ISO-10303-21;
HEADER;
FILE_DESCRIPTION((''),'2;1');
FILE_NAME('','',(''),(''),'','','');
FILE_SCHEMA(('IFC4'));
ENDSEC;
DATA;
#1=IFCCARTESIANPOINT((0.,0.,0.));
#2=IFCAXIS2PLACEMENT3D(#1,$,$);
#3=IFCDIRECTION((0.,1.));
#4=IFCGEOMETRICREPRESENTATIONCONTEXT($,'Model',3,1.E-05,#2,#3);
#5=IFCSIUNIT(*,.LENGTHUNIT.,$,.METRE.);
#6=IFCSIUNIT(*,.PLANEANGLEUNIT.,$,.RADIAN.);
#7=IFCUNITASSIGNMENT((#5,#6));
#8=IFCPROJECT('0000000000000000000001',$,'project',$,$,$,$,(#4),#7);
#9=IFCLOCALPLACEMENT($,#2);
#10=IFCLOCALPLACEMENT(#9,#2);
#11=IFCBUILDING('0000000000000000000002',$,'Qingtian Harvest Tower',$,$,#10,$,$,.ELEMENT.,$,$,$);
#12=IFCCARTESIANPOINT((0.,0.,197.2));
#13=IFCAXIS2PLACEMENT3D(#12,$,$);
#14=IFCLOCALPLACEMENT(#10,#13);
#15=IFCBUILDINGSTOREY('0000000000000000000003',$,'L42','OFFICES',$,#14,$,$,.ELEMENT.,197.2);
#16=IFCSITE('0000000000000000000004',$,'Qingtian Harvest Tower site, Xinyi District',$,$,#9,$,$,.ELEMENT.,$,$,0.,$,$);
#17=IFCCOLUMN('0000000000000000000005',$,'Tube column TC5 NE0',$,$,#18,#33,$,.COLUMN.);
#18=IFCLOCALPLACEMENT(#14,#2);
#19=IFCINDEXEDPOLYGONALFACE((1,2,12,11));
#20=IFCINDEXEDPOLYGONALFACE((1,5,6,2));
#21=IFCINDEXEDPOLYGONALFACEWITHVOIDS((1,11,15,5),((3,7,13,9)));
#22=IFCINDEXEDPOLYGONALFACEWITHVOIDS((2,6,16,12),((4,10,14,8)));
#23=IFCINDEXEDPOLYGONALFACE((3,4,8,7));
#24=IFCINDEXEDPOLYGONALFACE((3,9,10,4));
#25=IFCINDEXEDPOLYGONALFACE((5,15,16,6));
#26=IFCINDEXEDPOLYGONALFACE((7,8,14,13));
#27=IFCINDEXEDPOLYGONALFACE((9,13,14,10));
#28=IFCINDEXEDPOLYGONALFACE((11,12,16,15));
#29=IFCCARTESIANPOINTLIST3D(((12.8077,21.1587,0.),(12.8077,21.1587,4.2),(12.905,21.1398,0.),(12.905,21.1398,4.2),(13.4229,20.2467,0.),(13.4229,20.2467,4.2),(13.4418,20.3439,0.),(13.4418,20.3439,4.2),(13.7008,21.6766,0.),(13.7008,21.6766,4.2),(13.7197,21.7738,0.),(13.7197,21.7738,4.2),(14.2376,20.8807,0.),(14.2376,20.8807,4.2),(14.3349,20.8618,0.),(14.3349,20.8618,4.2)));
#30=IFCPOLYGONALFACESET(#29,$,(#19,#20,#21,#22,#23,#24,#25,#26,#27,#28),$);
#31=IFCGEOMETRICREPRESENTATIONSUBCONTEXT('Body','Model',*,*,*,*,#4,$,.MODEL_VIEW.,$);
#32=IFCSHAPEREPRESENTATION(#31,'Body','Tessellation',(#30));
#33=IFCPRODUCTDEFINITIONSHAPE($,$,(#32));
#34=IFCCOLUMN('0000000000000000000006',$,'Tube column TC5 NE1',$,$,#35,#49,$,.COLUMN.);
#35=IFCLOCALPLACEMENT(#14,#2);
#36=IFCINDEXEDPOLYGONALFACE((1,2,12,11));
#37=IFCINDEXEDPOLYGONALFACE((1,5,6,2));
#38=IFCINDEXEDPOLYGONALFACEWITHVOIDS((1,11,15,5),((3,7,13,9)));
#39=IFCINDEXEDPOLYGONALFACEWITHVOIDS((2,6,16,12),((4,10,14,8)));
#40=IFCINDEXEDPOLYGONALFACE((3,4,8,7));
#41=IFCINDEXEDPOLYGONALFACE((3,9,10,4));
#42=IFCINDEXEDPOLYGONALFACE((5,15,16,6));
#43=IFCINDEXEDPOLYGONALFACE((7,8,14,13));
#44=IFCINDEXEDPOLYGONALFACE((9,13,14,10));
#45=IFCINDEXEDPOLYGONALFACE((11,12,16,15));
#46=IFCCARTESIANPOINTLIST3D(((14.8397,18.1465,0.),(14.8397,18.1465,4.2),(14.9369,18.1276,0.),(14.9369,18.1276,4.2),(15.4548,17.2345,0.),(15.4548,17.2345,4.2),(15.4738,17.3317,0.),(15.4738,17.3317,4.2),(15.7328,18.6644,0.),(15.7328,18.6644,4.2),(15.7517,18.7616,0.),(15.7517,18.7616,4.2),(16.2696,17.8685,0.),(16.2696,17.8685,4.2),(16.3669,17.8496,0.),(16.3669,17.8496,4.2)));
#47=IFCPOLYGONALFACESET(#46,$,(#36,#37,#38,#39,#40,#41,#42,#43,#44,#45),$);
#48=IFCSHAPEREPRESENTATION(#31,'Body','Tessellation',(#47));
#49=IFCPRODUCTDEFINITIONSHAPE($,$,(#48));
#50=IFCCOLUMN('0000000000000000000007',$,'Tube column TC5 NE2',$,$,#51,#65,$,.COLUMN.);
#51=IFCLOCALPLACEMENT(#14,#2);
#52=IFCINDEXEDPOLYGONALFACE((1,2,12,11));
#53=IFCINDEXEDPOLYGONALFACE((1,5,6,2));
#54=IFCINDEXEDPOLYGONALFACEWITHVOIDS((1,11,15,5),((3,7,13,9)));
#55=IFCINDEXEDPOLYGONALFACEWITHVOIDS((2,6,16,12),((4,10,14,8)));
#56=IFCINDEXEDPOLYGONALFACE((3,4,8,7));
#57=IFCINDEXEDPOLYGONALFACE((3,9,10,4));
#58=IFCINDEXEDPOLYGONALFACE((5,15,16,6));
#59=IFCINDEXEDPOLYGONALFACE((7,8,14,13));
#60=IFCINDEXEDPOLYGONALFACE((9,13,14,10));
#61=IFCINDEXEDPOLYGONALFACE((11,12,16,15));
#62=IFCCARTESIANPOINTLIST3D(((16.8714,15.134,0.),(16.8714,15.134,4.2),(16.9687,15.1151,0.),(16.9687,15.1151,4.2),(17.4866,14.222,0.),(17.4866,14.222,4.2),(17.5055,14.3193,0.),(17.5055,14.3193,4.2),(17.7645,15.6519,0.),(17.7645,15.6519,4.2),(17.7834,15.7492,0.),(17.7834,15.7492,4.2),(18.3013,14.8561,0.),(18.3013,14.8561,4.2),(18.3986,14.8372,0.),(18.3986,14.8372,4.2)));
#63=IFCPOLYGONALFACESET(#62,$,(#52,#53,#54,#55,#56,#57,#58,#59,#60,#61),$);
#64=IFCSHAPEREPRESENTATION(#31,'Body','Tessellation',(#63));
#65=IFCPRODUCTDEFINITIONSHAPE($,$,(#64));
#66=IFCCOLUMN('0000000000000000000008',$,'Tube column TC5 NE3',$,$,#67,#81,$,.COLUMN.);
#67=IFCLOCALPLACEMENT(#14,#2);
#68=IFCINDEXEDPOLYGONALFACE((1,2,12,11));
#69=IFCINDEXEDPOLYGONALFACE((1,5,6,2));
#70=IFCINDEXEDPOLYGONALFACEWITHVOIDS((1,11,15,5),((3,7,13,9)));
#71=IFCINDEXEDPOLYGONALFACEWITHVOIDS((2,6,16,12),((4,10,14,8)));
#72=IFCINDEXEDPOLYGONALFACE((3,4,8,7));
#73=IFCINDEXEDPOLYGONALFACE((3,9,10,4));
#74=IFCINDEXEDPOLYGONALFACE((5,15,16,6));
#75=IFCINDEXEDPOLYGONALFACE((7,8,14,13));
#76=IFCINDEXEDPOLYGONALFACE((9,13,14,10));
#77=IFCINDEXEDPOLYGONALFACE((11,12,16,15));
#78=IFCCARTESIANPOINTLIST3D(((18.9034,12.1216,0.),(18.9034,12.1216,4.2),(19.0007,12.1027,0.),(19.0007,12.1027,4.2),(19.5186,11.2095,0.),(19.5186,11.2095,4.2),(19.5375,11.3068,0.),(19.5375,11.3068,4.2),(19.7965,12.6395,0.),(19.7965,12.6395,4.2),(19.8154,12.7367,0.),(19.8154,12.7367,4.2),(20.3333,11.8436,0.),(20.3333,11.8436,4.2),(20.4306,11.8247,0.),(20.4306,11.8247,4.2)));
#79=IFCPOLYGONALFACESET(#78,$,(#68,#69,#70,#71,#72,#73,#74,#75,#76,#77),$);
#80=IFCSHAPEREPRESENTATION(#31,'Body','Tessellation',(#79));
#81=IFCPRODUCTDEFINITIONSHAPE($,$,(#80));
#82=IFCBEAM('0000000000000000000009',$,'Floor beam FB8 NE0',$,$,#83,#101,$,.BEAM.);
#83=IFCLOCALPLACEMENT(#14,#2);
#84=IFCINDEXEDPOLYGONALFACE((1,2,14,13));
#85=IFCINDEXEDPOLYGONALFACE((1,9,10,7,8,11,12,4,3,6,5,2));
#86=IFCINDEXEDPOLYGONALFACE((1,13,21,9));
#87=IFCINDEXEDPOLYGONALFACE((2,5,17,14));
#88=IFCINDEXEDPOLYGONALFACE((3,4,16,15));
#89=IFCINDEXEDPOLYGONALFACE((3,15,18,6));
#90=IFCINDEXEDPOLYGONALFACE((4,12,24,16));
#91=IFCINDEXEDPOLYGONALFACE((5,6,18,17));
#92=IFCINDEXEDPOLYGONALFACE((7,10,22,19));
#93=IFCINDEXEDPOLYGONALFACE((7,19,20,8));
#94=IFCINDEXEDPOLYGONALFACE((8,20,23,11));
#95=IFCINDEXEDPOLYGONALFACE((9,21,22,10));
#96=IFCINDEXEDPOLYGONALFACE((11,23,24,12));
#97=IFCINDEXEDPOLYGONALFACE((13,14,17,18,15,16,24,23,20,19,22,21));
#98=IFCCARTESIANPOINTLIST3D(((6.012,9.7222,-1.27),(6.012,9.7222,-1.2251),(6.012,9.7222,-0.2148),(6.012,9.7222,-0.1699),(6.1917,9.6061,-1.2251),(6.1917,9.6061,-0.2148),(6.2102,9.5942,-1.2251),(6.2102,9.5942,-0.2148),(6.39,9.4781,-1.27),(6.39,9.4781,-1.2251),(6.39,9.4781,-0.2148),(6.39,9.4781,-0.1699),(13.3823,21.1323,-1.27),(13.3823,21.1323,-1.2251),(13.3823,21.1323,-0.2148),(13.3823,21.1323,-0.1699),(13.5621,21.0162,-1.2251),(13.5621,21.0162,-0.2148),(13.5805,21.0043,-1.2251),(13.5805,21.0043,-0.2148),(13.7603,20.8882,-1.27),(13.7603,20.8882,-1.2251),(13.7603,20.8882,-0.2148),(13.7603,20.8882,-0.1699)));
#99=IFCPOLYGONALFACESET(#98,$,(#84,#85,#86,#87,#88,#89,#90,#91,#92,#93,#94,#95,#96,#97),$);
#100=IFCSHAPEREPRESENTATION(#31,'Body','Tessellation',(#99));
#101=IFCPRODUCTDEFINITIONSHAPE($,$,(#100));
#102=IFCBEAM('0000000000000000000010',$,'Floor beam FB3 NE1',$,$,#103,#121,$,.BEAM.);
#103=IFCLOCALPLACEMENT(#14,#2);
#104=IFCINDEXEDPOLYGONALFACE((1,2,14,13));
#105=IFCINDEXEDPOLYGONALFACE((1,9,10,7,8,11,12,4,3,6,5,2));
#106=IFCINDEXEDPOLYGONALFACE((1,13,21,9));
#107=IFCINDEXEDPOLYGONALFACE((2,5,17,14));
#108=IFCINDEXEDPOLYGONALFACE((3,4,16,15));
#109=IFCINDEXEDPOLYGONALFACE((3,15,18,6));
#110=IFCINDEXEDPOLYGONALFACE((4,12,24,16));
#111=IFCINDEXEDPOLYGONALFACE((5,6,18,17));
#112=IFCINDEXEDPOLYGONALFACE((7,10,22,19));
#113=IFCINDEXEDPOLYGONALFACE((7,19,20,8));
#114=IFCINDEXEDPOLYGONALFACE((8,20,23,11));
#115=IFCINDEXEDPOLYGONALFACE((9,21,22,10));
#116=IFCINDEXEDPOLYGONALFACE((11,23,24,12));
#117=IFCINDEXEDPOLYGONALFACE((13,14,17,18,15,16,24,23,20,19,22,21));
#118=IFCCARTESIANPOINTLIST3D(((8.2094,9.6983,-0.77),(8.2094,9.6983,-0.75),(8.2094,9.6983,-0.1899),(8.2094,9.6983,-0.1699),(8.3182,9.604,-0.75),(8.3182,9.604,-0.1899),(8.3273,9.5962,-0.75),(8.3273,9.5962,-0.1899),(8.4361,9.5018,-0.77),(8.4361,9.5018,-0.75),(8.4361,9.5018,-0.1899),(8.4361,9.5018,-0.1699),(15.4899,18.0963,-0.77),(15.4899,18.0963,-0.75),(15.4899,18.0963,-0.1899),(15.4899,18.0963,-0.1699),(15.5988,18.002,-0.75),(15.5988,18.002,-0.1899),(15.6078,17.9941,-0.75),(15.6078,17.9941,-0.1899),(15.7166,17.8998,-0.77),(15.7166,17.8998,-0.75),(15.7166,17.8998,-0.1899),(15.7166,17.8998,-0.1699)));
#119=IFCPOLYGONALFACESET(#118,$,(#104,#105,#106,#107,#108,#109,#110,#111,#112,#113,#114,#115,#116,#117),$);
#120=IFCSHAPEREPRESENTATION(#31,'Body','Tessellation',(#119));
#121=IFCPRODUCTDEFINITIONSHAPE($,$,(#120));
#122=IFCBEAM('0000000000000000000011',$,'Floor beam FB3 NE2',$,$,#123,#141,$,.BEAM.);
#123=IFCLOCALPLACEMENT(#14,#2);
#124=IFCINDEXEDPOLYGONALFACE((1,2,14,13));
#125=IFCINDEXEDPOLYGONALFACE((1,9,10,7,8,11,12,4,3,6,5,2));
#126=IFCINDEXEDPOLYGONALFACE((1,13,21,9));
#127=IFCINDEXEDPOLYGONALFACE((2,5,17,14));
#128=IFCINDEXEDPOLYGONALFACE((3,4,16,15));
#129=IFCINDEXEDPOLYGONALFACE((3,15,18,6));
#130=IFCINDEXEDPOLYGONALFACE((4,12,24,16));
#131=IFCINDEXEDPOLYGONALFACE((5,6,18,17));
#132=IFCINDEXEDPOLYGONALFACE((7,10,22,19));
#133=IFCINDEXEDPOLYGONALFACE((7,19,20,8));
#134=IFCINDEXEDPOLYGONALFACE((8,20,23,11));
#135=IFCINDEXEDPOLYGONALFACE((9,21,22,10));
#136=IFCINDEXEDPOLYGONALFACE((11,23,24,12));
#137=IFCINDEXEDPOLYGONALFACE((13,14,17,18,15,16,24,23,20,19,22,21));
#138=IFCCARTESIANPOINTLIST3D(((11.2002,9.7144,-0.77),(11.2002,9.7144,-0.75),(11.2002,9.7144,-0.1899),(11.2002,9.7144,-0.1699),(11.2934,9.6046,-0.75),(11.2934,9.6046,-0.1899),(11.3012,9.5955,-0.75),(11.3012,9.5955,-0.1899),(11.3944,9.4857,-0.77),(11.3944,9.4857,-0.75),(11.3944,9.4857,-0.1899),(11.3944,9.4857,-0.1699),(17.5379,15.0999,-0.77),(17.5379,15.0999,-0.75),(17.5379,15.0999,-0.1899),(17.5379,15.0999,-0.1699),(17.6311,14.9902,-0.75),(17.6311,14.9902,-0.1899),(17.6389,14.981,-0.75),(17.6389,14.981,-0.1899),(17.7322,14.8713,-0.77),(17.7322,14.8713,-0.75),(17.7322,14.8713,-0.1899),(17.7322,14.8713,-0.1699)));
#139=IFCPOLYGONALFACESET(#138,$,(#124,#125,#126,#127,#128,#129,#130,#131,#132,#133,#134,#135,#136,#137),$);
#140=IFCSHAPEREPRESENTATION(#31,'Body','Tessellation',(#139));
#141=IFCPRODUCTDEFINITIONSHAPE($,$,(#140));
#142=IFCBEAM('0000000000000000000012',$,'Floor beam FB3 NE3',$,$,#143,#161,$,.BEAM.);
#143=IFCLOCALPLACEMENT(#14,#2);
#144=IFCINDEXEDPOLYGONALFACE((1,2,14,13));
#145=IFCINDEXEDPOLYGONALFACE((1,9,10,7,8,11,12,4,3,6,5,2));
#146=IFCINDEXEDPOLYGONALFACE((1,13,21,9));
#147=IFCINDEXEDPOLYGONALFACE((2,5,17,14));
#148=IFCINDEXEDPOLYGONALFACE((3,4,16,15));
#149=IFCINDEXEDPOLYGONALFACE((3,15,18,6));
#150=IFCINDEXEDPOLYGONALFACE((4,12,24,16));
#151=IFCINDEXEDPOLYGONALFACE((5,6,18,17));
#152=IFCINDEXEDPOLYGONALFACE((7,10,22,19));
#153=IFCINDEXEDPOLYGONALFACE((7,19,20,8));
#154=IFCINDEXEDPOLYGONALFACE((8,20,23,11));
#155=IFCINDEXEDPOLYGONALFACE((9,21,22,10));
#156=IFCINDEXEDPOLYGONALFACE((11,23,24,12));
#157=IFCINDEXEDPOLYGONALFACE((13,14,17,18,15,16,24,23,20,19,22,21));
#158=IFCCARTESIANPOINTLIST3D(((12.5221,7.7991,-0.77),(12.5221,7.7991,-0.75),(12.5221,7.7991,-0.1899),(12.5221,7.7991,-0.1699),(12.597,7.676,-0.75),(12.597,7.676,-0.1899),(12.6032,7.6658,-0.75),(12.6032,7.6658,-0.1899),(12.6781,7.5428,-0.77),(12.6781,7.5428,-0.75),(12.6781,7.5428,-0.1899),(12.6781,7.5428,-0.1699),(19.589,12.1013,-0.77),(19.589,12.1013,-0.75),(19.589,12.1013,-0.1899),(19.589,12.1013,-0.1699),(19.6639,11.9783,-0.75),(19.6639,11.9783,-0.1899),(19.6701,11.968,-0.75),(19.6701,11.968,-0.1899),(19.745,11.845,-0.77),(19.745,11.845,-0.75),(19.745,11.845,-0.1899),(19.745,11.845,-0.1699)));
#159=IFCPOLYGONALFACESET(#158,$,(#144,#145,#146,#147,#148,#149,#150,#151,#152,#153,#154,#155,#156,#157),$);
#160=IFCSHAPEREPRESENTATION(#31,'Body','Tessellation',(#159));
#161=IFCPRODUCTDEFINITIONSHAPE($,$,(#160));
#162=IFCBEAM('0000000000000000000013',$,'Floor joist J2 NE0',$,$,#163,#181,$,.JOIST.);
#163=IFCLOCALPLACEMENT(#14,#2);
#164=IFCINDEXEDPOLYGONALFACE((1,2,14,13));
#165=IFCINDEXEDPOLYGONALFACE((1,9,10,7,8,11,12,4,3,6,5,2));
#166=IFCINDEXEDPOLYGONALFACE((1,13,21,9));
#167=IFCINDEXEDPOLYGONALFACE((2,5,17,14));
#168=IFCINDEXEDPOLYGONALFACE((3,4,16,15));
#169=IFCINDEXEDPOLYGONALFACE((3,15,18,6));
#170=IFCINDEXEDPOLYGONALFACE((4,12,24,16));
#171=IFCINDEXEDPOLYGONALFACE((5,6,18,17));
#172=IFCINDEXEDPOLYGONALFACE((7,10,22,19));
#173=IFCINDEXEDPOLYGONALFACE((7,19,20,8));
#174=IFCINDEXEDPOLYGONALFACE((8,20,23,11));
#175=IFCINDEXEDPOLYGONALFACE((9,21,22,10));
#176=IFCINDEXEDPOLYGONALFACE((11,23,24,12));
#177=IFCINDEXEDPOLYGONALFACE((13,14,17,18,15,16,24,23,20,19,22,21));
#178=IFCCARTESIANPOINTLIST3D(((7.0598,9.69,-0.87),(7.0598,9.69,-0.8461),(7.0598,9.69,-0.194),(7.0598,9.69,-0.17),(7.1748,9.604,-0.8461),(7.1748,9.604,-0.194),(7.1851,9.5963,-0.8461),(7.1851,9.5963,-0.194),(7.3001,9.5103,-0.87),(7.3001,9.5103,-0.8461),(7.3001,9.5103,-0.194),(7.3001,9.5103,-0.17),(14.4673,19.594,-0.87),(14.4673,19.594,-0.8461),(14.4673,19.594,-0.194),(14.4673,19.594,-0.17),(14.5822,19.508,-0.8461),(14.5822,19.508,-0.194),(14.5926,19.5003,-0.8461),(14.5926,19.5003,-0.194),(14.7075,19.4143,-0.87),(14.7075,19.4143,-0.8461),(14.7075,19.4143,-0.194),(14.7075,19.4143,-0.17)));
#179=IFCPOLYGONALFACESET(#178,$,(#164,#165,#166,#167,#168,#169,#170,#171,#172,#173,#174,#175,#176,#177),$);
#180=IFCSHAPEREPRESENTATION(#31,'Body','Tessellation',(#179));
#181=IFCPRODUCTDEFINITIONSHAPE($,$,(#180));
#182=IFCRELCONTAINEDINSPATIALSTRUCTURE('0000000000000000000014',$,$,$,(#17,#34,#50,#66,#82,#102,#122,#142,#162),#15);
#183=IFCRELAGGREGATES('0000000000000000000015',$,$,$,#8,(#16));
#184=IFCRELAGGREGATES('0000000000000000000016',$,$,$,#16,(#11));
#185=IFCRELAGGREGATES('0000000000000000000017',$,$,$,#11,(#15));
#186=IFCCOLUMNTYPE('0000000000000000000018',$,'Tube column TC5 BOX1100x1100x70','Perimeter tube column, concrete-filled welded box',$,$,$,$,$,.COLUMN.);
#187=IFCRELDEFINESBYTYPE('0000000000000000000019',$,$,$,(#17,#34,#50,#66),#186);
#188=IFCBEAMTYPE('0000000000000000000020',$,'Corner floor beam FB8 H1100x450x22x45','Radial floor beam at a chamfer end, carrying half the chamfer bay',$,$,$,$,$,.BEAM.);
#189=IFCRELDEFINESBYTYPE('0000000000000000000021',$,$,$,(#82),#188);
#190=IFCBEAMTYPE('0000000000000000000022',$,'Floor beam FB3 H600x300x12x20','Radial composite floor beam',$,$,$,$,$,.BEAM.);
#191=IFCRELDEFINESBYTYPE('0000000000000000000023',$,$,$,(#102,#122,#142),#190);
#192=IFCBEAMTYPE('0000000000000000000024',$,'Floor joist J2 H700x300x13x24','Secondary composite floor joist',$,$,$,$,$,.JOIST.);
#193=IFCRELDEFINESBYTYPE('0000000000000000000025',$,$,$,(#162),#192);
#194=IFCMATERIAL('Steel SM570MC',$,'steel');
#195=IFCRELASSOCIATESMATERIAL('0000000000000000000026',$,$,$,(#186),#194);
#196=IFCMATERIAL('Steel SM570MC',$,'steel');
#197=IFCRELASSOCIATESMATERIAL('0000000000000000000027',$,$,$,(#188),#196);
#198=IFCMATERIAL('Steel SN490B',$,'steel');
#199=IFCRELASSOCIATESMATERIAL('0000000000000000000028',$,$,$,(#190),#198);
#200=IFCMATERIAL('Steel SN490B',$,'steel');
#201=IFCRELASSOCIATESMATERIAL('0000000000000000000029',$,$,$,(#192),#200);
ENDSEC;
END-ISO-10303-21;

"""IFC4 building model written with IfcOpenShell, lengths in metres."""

from ifc_helpers import new_model, si_unit, direction, frame, origin, origin_2d, place, context, subcontext, project, spatial, hollow_rectangle, i_section, extrude, material, material_profile, profile_set, type_object, element, save


model = new_model("IFC4")

# Units and contexts
model_context = context("Model", 3, precision=1e-05, world=origin(), true_north=direction((0.0, 1.0)))
body_context = subcontext(model_context, "Body", "Model", "MODEL_VIEW")
ifc_project = project(units=[si_unit("LENGTHUNIT", "METRE"), si_unit("PLANEANGLEUNIT", "RADIAN")], contexts=[model_context])

# Site, building, storey
site_placement = place(None, origin())
site = spatial("IfcSite", under=ifc_project, at=site_placement, Name="Qingtian Harvest Tower site, Xinyi District", CompositionType="ELEMENT", RefElevation=0.0)
building_placement = place(site_placement, origin())
building = spatial("IfcBuilding", under=site, at=building_placement, Name="Qingtian Harvest Tower", CompositionType="ELEMENT")
storey_placement = place(building_placement, frame((0.0, 0.0, 197.2)))
storey = spatial("IfcBuildingStorey", under=building, at=storey_placement, Name="L42", Description="OFFICES", CompositionType="ELEMENT", Elevation=197.2)

# Columns
ifc_material_1 = material(Name="Steel SM570MC", Category="steel")
ifc_material_profile_1 = material_profile(ifc_material_1, hollow_rectangle(XDim=1.1001, YDim=1.1001, WallThickness=0.0701, at=origin_2d()), Name="BOX1100x1100x70")
ifc_profile_set_1 = profile_set([ifc_material_profile_1], Name="Steel SM570MC")
column_type = type_object("IfcColumnType", Name="Tube column TC5 BOX1100x1100x70", Description="Perimeter tube column, concrete-filled welded box", PredefinedType="COLUMN", material=ifc_profile_set_1)
for number, where, z_axis, x_axis, name in (
    (1, (13.5713, 21.0103, 0.0), (0.0, 0.0, 1.0), (-0.559193, 0.829038, 0.0), "Tube column TC5 NE0"),
    (2, (15.6033, 17.998, 0.0), (0.0, 0.0, 1.0), (-0.559193, 0.829038, 0.0), "Tube column TC5 NE1"),
    (3, (17.635, 14.9856, 0.0), (0.0, 0.0, 1.0), (-0.559193, 0.829038, 0.0), "Tube column TC5 NE2"),
    (4, (19.667, 11.9731, 0.0), (0.0, 0.0, 1.0), (-0.559193, 0.829038, 0.0), "Tube column TC5 NE3"),
):
    element("IfcColumn", number, at=place(storey_placement, frame(where, z_axis=z_axis, x_axis=x_axis)), inside=storey, type_object=column_type, Name=name, PredefinedType="COLUMN", context=body_context, shape_type="SweptSolid", body=[
        extrude(hollow_rectangle(XDim=1.1001, YDim=1.1001, WallThickness=0.0701, at=origin_2d()), origin(), (0.0, 0.0, 1.0), 4.2),
    ])

# Beams
ifc_material_2 = material(Name="Steel SM570MC", Category="steel")
ifc_material_profile_2 = material_profile(ifc_material_2, i_section(OverallWidth=0.45, OverallDepth=1.1001, WebThickness=0.022, FlangeThickness=0.0449, at=origin_2d()), Name="H1100x450x22x45")
ifc_profile_set_2 = profile_set([ifc_material_profile_2], Name="Steel SM570MC")
beam_type_1 = type_object("IfcBeamType", Name="Corner floor beam FB8 H1100x450x22x45", Description="Radial floor beam at a chamfer end, carrying half the chamfer bay", PredefinedType="BEAM", material=ifc_profile_set_2)
beam_1_placement = place(storey_placement, frame((13.5713, 21.0103, -0.72), z_axis=(-0.542593, -0.839996, 0.0), x_axis=(0.839996, -0.542593, 0.0)))
element("IfcBeam", 5, at=beam_1_placement, inside=storey, type_object=beam_type_1, Name="Floor beam FB8 NE0", PredefinedType="BEAM", context=body_context, shape_type="SweptSolid", body=[
    extrude(i_section(OverallWidth=0.45, OverallDepth=1.1001, WebThickness=0.022, FlangeThickness=0.0449, at=origin_2d()), origin(), (0.0, 0.0, 1.0), 13.5835),
])
ifc_material_3 = material(Name="Steel SN490B", Category="steel")
ifc_material_profile_3 = material_profile(ifc_material_3, i_section(OverallWidth=0.3, OverallDepth=0.6001, WebThickness=0.012, FlangeThickness=0.02, at=origin_2d()), Name="H600x300x12x20")
ifc_profile_set_3 = profile_set([ifc_material_profile_3], Name="Steel SN490B")
beam_type_2 = type_object("IfcBeamType", Name="Floor beam FB3 H600x300x12x20", Description="Radial composite floor beam", PredefinedType="BEAM", material=ifc_profile_set_3)
beam_2_placement = place(storey_placement, frame((15.6033, 17.998, -0.47), z_axis=(-0.655048, -0.755587, 0.0), x_axis=(0.755587, -0.655048, 0.0)))
element("IfcBeam", 6, at=beam_2_placement, inside=storey, type_object=beam_type_2, Name="Floor beam FB3 NE1", PredefinedType="BEAM", context=body_context, shape_type="SweptSolid", body=[
    extrude(i_section(OverallWidth=0.3, OverallDepth=0.6001, WebThickness=0.012, FlangeThickness=0.02, at=origin_2d()), origin(), (0.0, 0.0, 1.0), 11.1145),
])
beam_3_placement = place(storey_placement, frame((17.635, 14.9856, -0.47), z_axis=(-0.762028, -0.647544, 0.0), x_axis=(0.647544, -0.762028, 0.0)))
element("IfcBeam", 7, at=beam_3_placement, inside=storey, type_object=beam_type_2, Name="Floor beam FB3 NE2", PredefinedType="BEAM", context=body_context, shape_type="SweptSolid", body=[
    extrude(i_section(OverallWidth=0.3, OverallDepth=0.6001, WebThickness=0.012, FlangeThickness=0.02, at=origin_2d()), origin(), (0.0, 0.0, 1.0), 8.3169),
])
beam_4_placement = place(storey_placement, frame((19.667, 11.9731, -0.47), z_axis=(-0.854163, -0.520005, 0.0), x_axis=(0.520005, -0.854163, 0.0)))
element("IfcBeam", 8, at=beam_4_placement, inside=storey, type_object=beam_type_2, Name="Floor beam FB3 NE3", PredefinedType="BEAM", context=body_context, shape_type="SweptSolid", body=[
    extrude(i_section(OverallWidth=0.3, OverallDepth=0.6001, WebThickness=0.012, FlangeThickness=0.02, at=origin_2d()), origin(), (0.0, 0.0, 1.0), 8.2734),
])
ifc_material_4 = material(Name="Steel SN490B", Category="steel")
ifc_material_profile_4 = material_profile(ifc_material_4, i_section(OverallWidth=0.3, OverallDepth=0.7, WebThickness=0.0129, FlangeThickness=0.0239, at=origin_2d()), Name="H700x300x13x24")
ifc_profile_set_4 = profile_set([ifc_material_profile_4], Name="Steel SN490B")
beam_type_3 = type_object("IfcBeamType", Name="Floor joist J2 H700x300x13x24", Description="Secondary composite floor joist", PredefinedType="JOIST", material=ifc_profile_set_4)
beam_5_placement = place(storey_placement, frame((14.5874, 19.5042, -0.52), z_axis=(-0.598935, -0.800798, 0.0), x_axis=(0.800798, -0.598935, 0.0)))
element("IfcBeam", 9, at=beam_5_placement, inside=storey, type_object=beam_type_3, Name="Floor joist J2 NE0", PredefinedType="JOIST", context=body_context, shape_type="SweptSolid", body=[
    extrude(i_section(OverallWidth=0.3, OverallDepth=0.7, WebThickness=0.0129, FlangeThickness=0.0239, at=origin_2d()), origin(), (0.0, 0.0, 1.0), 12.3677),
])

save(model, "model.ifc")
